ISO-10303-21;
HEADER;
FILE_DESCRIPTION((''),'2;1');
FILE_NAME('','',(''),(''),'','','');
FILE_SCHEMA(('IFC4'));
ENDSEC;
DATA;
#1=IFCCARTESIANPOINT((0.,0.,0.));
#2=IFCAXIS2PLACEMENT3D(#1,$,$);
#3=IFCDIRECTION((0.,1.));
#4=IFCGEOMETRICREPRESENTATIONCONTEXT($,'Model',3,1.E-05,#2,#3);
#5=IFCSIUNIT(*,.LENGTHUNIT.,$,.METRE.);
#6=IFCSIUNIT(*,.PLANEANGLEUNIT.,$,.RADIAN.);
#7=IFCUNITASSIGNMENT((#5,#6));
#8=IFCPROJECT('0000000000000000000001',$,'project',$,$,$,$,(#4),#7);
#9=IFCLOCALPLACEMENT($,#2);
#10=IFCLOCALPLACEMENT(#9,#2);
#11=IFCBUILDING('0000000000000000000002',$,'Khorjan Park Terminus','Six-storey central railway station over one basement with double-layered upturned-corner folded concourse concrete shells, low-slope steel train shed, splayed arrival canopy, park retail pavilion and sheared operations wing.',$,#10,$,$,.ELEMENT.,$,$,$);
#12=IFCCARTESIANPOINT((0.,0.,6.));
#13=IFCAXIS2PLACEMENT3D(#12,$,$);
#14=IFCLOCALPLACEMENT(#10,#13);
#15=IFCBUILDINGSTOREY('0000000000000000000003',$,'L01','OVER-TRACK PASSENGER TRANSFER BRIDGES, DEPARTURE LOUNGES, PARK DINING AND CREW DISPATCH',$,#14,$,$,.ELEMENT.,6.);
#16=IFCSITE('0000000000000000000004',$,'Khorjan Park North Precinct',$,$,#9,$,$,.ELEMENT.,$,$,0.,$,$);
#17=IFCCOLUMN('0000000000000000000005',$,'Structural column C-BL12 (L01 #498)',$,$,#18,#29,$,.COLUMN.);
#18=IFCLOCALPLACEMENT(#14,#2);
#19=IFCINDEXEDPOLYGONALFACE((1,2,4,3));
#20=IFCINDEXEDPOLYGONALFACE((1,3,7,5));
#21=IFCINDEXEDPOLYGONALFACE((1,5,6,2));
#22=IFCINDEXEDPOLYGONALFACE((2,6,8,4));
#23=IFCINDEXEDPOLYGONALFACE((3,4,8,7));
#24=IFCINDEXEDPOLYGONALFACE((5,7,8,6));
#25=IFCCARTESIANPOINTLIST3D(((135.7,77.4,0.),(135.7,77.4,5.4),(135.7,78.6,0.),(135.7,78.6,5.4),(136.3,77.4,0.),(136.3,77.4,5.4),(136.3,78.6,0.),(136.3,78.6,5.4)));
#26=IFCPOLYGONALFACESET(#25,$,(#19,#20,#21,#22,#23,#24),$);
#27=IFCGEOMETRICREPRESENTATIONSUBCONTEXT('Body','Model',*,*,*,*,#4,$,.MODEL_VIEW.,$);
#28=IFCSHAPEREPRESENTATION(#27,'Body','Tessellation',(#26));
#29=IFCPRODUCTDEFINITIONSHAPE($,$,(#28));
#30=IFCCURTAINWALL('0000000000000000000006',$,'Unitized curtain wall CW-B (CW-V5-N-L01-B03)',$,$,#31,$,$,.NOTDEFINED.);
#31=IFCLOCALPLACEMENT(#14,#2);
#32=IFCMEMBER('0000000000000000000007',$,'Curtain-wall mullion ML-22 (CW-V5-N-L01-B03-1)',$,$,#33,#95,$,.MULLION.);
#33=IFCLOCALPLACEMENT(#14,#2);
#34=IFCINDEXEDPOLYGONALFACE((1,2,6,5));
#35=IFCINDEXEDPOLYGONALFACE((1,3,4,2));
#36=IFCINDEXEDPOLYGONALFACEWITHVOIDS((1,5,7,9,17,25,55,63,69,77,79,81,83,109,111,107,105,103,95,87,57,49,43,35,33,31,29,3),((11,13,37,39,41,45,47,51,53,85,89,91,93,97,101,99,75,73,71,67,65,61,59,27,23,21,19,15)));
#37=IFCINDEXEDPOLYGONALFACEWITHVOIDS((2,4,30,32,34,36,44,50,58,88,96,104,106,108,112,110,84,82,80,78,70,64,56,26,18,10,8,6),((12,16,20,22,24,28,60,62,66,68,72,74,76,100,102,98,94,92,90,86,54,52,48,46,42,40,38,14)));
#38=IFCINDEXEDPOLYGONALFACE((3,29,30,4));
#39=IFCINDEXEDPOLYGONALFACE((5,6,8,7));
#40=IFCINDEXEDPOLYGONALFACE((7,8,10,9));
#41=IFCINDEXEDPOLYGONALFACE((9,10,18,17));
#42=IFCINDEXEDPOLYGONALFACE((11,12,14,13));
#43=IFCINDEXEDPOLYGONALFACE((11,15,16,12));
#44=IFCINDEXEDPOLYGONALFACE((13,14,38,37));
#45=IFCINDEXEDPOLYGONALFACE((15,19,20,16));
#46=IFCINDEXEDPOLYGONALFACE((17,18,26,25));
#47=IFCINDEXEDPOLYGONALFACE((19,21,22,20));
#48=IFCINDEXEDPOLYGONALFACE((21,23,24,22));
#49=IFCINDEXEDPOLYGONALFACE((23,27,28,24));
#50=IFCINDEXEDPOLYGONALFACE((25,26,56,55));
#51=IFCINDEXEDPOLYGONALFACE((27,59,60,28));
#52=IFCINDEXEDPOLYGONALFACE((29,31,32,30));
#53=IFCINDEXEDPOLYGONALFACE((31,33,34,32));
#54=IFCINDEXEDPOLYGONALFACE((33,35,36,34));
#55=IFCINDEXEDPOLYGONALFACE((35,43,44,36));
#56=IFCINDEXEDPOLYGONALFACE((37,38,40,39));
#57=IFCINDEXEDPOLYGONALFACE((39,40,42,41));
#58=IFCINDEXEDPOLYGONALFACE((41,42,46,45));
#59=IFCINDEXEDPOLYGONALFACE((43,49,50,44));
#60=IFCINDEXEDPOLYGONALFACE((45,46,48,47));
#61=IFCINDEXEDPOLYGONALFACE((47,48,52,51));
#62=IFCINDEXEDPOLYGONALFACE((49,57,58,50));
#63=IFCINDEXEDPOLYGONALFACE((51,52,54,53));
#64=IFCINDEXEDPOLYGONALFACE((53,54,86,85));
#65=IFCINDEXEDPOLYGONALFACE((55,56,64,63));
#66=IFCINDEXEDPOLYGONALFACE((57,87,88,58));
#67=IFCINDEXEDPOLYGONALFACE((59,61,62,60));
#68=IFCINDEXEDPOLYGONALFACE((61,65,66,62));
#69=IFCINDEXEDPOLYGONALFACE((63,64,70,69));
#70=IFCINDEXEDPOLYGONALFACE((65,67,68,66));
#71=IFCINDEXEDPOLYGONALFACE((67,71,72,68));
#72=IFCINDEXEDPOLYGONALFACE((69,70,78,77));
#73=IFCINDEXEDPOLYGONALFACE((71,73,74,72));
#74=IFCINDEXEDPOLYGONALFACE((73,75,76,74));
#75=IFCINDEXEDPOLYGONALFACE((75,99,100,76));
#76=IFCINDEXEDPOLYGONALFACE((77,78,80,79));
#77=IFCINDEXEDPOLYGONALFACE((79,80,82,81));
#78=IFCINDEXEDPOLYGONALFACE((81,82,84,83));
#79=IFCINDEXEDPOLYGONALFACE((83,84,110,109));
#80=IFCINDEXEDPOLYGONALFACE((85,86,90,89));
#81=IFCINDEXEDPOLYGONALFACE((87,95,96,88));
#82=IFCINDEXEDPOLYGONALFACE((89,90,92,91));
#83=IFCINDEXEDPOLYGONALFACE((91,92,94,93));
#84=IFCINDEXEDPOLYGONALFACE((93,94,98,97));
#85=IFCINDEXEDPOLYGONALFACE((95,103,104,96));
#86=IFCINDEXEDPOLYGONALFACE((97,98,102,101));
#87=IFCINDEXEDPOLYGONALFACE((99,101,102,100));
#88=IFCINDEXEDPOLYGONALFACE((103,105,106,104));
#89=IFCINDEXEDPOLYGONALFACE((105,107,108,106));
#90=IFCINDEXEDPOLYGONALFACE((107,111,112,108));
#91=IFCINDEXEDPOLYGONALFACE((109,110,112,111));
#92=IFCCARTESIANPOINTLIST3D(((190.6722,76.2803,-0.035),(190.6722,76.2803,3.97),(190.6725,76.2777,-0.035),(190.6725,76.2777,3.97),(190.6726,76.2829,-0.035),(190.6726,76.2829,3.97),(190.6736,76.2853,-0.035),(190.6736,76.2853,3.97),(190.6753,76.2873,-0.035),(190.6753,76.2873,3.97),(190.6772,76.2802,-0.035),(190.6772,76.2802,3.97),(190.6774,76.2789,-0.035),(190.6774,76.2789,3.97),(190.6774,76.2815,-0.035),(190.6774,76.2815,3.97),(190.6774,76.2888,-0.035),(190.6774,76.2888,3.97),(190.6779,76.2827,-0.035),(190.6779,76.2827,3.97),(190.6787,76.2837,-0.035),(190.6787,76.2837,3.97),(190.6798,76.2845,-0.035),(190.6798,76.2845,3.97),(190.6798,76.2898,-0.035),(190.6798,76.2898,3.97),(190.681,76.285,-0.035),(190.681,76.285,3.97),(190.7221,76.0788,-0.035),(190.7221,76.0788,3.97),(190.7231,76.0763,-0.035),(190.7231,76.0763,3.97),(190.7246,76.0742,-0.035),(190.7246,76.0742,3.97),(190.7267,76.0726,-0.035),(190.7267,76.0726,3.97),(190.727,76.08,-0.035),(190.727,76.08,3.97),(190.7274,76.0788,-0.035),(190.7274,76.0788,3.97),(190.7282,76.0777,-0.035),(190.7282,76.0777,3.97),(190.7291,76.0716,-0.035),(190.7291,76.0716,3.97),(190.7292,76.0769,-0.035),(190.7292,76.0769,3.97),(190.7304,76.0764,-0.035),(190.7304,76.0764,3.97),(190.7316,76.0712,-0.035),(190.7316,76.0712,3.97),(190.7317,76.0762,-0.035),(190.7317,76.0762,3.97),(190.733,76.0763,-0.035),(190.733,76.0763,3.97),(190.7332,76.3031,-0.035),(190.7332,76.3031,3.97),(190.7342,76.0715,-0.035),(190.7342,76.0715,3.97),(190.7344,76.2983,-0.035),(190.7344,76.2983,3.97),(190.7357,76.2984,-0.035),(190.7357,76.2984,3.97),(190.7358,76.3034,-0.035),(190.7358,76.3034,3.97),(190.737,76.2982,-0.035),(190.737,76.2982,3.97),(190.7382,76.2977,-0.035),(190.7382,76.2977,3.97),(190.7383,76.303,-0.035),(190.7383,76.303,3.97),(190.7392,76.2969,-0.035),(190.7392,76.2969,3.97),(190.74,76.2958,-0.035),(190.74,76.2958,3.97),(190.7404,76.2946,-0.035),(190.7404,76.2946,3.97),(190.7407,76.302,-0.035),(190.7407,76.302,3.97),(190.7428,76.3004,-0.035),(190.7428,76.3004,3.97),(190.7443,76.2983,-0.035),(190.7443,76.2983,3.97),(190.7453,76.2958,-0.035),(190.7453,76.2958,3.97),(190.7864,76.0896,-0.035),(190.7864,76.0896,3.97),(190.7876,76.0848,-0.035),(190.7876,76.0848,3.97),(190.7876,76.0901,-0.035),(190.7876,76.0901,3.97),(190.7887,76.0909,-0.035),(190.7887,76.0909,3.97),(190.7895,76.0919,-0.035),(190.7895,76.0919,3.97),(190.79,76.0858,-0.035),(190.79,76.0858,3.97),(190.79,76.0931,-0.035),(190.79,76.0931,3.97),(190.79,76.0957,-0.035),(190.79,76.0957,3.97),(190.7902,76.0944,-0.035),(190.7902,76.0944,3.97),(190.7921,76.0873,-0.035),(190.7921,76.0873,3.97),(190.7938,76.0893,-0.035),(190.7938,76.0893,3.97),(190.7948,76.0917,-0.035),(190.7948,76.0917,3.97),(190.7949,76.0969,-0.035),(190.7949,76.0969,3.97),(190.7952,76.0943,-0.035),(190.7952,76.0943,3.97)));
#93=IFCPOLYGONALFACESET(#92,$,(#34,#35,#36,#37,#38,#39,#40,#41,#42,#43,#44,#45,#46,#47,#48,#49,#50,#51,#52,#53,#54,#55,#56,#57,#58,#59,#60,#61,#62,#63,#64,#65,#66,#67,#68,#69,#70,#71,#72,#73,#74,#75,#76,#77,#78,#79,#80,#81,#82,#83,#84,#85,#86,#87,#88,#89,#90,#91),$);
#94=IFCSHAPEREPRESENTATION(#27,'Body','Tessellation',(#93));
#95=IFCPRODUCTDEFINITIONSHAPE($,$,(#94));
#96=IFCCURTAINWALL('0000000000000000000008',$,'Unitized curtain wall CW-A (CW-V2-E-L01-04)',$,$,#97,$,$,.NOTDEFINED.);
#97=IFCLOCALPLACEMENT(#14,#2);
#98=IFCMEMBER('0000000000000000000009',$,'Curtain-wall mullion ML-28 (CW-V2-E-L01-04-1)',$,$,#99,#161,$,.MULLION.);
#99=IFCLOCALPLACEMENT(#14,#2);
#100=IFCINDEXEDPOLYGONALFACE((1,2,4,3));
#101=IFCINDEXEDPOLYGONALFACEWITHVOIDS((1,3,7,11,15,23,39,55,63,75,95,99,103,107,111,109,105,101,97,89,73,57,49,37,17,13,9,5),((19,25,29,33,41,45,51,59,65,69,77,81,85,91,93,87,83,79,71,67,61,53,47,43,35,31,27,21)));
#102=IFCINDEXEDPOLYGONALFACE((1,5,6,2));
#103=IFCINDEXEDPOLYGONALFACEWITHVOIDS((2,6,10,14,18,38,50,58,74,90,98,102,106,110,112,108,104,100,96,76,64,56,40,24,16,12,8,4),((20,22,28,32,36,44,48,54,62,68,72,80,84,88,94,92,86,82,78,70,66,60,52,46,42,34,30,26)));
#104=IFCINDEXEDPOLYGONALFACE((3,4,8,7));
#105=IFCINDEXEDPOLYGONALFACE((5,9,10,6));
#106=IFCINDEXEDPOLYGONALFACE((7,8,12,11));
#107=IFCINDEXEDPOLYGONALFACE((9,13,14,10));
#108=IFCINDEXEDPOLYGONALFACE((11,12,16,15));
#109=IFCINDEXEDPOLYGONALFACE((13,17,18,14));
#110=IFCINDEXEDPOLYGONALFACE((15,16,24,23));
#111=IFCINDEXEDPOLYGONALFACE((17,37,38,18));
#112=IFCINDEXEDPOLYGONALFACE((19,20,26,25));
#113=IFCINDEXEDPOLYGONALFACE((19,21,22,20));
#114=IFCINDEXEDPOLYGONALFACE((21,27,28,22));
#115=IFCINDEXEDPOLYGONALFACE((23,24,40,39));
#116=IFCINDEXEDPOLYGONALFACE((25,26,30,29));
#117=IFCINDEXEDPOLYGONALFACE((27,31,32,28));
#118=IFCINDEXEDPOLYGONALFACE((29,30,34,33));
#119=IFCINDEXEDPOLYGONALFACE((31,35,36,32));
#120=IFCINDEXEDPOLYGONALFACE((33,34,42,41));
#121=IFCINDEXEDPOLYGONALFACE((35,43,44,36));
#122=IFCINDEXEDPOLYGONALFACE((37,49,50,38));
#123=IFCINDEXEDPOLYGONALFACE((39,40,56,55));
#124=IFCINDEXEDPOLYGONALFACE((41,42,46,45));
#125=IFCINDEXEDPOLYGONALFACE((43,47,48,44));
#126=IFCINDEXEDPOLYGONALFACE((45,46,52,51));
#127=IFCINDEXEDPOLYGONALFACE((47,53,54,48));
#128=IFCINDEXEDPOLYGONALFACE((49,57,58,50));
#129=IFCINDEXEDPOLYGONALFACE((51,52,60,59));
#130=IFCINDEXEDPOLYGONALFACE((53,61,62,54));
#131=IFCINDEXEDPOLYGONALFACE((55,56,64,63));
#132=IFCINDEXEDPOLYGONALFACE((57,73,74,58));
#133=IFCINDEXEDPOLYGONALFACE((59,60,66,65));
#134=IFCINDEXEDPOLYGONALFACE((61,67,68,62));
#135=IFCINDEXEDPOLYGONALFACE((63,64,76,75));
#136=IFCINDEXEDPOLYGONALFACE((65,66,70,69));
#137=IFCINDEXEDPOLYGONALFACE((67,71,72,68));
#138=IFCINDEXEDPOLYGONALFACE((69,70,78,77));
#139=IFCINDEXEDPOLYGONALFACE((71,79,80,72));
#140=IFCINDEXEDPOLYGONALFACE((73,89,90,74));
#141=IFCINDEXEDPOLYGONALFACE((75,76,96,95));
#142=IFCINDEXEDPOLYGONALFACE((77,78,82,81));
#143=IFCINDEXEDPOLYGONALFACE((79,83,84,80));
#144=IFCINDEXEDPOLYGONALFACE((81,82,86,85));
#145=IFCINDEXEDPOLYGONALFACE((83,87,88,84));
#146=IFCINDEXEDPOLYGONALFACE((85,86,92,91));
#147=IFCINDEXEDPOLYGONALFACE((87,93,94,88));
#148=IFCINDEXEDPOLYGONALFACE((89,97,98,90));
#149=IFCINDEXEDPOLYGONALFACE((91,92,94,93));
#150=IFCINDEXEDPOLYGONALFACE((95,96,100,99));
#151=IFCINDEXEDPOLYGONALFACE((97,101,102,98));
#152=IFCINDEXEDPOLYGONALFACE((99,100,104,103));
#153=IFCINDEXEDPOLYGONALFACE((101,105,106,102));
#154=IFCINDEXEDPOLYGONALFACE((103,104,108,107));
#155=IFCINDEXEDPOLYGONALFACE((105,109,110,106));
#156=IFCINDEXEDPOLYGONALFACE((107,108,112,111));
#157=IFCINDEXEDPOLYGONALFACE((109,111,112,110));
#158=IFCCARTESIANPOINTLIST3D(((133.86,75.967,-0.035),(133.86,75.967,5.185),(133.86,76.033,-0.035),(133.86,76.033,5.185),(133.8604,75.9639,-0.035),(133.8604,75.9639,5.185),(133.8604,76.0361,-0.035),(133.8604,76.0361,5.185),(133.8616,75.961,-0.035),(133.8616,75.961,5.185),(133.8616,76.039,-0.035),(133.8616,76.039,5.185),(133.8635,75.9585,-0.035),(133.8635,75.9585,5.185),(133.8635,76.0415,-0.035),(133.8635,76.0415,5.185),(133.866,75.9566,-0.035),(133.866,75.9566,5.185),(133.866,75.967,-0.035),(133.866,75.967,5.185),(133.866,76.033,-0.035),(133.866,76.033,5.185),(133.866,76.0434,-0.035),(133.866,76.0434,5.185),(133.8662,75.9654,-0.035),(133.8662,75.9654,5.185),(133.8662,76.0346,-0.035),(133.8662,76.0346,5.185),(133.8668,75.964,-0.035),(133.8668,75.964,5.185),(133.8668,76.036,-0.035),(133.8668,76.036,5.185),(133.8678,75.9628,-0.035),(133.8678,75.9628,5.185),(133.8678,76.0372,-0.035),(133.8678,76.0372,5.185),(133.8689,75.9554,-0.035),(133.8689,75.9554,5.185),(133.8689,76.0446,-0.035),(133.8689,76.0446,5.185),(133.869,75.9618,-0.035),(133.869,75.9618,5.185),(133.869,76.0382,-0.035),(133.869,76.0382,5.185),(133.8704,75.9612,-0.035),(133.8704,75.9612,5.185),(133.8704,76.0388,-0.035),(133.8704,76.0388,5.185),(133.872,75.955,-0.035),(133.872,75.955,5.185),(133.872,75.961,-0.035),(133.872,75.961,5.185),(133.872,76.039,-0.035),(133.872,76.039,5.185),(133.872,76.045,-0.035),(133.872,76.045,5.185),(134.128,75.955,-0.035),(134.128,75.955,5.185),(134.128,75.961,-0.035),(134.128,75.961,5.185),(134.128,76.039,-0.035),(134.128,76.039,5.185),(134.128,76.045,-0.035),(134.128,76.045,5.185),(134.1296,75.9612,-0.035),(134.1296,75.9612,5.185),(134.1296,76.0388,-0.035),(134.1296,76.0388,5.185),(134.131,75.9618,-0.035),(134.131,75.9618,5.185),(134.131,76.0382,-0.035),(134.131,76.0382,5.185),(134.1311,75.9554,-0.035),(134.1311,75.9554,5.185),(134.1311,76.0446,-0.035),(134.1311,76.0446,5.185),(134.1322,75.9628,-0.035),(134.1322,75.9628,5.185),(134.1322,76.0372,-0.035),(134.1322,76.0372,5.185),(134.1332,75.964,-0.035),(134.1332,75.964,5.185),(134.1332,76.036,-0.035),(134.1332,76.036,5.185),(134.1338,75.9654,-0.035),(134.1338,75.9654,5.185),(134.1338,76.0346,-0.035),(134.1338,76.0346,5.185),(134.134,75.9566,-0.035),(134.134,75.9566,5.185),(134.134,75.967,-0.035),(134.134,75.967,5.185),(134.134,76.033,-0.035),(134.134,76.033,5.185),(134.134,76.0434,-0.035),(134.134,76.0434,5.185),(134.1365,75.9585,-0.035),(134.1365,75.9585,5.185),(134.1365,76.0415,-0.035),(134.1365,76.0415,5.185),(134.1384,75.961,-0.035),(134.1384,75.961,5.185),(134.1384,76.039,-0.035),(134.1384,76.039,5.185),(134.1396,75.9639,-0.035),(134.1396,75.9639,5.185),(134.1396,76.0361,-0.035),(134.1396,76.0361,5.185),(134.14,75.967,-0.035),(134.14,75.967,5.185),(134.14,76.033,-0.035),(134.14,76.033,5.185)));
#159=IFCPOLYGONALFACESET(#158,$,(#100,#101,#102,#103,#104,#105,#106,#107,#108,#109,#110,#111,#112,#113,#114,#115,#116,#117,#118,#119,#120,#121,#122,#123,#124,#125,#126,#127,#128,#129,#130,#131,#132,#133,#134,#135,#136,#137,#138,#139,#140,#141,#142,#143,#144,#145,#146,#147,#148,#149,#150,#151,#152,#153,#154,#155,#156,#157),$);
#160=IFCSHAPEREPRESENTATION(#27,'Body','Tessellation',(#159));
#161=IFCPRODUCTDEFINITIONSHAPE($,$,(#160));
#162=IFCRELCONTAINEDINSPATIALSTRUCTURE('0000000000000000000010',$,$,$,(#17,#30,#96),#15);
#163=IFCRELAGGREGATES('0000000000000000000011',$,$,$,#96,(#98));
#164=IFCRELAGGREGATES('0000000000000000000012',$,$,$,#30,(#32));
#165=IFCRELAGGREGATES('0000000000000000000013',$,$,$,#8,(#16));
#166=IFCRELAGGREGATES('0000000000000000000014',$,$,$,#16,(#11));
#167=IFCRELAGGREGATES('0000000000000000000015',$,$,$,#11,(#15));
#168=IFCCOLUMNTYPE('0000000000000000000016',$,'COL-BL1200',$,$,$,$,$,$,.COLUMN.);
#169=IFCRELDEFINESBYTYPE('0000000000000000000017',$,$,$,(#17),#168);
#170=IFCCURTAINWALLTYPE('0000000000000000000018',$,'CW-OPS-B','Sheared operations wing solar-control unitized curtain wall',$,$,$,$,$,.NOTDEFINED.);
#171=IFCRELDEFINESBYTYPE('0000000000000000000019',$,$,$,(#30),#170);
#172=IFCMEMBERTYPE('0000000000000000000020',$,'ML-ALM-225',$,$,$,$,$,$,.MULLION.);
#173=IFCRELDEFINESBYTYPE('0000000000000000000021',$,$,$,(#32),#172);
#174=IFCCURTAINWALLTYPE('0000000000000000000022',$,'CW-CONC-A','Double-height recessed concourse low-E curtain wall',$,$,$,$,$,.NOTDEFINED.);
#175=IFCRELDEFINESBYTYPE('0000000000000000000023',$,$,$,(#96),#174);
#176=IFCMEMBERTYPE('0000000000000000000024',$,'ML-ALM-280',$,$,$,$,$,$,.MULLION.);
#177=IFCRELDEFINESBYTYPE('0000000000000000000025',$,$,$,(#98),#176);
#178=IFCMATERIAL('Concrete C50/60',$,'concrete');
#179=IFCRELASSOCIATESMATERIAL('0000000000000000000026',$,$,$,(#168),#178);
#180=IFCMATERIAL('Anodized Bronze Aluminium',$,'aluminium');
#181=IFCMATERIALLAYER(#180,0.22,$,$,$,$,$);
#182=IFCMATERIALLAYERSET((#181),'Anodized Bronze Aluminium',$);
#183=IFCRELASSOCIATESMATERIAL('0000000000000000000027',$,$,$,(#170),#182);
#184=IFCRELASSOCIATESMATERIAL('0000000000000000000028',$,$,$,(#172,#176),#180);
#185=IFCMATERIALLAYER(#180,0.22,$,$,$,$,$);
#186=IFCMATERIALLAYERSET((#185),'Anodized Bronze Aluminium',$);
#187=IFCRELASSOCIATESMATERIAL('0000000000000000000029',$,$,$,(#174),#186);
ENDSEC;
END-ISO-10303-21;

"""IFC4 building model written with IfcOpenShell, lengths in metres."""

from ifc_helpers import new_model, si_unit, direction, frame, origin, origin_2d, place, context, subcontext, project, spatial, rectangle, hollow_rectangle, extrude, material, layer, layer_set, material_profile, profile_set, type_object, element, aggregate, save


model = new_model("IFC4")

# Units and contexts
model_context = context("Model", 3, precision=1e-05, world=origin(), true_north=direction((0.0, 1.0)))
body_context = subcontext(model_context, "Body", "Model", "MODEL_VIEW")
ifc_project = project(units=[si_unit("LENGTHUNIT", "METRE"), si_unit("PLANEANGLEUNIT", "RADIAN")], contexts=[model_context])

# Site, building, storey
site_placement = place(None, origin())
site = spatial("IfcSite", under=ifc_project, at=site_placement, Name="Khorjan Park North Precinct", CompositionType="ELEMENT", RefElevation=0.0)
building_placement = place(site_placement, origin())
building = spatial("IfcBuilding", under=site, at=building_placement, Name="Khorjan Park Terminus", Description="Six-storey central railway station over one basement with double-layered upturned-corner folded concourse concrete shells, low-slope steel train shed, splayed arrival canopy, park retail pavilion and sheared operations wing.", CompositionType="ELEMENT")
storey_placement = place(building_placement, frame((0.0, 0.0, 6.0)))
storey = spatial("IfcBuildingStorey", under=building, at=storey_placement, Name="L01", Description="OVER-TRACK PASSENGER TRANSFER BRIDGES, DEPARTURE LOUNGES, PARK DINING AND CREW DISPATCH", CompositionType="ELEMENT", Elevation=6.0)

# Column
ifc_material_1 = material(Name="Concrete C50/60", Category="concrete")
ifc_material_profile_1 = material_profile(ifc_material_1, rectangle(XDim=0.6, YDim=1.2, at=origin_2d()), Name="RC 600x1200")
ifc_profile_set_1 = profile_set([ifc_material_profile_1], Name="Concrete C50/60")
column_type = type_object("IfcColumnType", Name="COL-BL1200", PredefinedType="COLUMN", material=ifc_profile_set_1)
column_placement = place(storey_placement, frame((136.0, 78.0, 0.0), z_axis=(0.0, 0.0, 1.0), x_axis=(1.0, 0.0, 0.0)))
element("IfcColumn", 1, at=column_placement, inside=storey, type_object=column_type, Name="Structural column C-BL12 (L01 #498)", PredefinedType="COLUMN", context=body_context, shape_type="SweptSolid", body=[
    extrude(rectangle(XDim=0.6, YDim=1.2, at=origin_2d()), origin(), (0.0, 0.0, 1.0), 5.4),
])

# Curtain wall, member
ifc_material_2 = material(Name="Anodized Bronze Aluminium", Category="aluminium")
ifc_layer_1 = layer(ifc_material_2, 0.22)
ifc_layer_set_1 = layer_set([ifc_layer_1], Name="Anodized Bronze Aluminium")
curtain_wall_type_1 = type_object("IfcCurtainWallType", Name="CW-OPS-B", Description="Sheared operations wing solar-control unitized curtain wall", PredefinedType="NOTDEFINED", material=ifc_layer_set_1)
curtain_wall_1_placement = place(storey_placement, origin())
curtain_wall_1 = element("IfcCurtainWall", 2, at=curtain_wall_1_placement, inside=storey, type_object=curtain_wall_type_1, Name="Unitized curtain wall CW-B (CW-V5-N-L01-B03)", PredefinedType="NOTDEFINED")
ifc_material_profile_2 = material_profile(ifc_material_2, hollow_rectangle(XDim=0.075, YDim=0.225, WallThickness=0.005, InnerFilletRadius=0.005, OuterFilletRadius=0.01, at=origin_2d()), Name="ALM 75x225x5")
ifc_profile_set_2 = profile_set([ifc_material_profile_2], Name="Anodized Bronze Aluminium")
member_type_1 = type_object("IfcMemberType", Name="ML-ALM-225", PredefinedType="MULLION", material=ifc_profile_set_2)
member_1_placement = place(storey_placement, frame((190.7337, 76.1873, -0.035), z_axis=(0.0, 0.0, 1.0), x_axis=(-0.970296, -0.241921, 0.0)))
member_1 = element("IfcMember", 3, at=member_1_placement, type_object=member_type_1, Name="Curtain-wall mullion ML-22 (CW-V5-N-L01-B03-1)", PredefinedType="MULLION", context=body_context, shape_type="SweptSolid", body=[
    extrude(hollow_rectangle(XDim=0.075, YDim=0.225, WallThickness=0.005, InnerFilletRadius=0.005, OuterFilletRadius=0.01, at=origin_2d()), origin(), (0.0, 0.0, 1.0), 4.005),
])

# Curtain wall, member
ifc_layer_2 = layer(ifc_material_2, 0.22)
ifc_layer_set_2 = layer_set([ifc_layer_2], Name="Anodized Bronze Aluminium")
curtain_wall_type_2 = type_object("IfcCurtainWallType", Name="CW-CONC-A", Description="Double-height recessed concourse low-E curtain wall", PredefinedType="NOTDEFINED", material=ifc_layer_set_2)
curtain_wall_2_placement = place(storey_placement, origin())
curtain_wall_2 = element("IfcCurtainWall", 4, at=curtain_wall_2_placement, inside=storey, type_object=curtain_wall_type_2, Name="Unitized curtain wall CW-A (CW-V2-E-L01-04)", PredefinedType="NOTDEFINED")
ifc_material_profile_3 = material_profile(ifc_material_2, hollow_rectangle(XDim=0.09, YDim=0.28, WallThickness=0.006, InnerFilletRadius=0.006, OuterFilletRadius=0.012, at=origin_2d()), Name="ALM 90x280x6")
ifc_profile_set_3 = profile_set([ifc_material_profile_3], Name="Anodized Bronze Aluminium")
member_type_2 = type_object("IfcMemberType", Name="ML-ALM-280", PredefinedType="MULLION", material=ifc_profile_set_3)
member_2_placement = place(storey_placement, frame((134.0, 76.0, -0.035), z_axis=(0.0, 0.0, 1.0), x_axis=(0.0, 1.0, 0.0)))
member_2 = element("IfcMember", 5, at=member_2_placement, type_object=member_type_2, Name="Curtain-wall mullion ML-28 (CW-V2-E-L01-04-1)", PredefinedType="MULLION", context=body_context, shape_type="SweptSolid", body=[
    extrude(hollow_rectangle(XDim=0.09, YDim=0.28, WallThickness=0.006, InnerFilletRadius=0.006, OuterFilletRadius=0.012, at=origin_2d()), origin(), (0.0, 0.0, 1.0), 5.22),
])

aggregate(curtain_wall_2, [member_2])
aggregate(curtain_wall_1, [member_1])

save(model, "model.ifc")
